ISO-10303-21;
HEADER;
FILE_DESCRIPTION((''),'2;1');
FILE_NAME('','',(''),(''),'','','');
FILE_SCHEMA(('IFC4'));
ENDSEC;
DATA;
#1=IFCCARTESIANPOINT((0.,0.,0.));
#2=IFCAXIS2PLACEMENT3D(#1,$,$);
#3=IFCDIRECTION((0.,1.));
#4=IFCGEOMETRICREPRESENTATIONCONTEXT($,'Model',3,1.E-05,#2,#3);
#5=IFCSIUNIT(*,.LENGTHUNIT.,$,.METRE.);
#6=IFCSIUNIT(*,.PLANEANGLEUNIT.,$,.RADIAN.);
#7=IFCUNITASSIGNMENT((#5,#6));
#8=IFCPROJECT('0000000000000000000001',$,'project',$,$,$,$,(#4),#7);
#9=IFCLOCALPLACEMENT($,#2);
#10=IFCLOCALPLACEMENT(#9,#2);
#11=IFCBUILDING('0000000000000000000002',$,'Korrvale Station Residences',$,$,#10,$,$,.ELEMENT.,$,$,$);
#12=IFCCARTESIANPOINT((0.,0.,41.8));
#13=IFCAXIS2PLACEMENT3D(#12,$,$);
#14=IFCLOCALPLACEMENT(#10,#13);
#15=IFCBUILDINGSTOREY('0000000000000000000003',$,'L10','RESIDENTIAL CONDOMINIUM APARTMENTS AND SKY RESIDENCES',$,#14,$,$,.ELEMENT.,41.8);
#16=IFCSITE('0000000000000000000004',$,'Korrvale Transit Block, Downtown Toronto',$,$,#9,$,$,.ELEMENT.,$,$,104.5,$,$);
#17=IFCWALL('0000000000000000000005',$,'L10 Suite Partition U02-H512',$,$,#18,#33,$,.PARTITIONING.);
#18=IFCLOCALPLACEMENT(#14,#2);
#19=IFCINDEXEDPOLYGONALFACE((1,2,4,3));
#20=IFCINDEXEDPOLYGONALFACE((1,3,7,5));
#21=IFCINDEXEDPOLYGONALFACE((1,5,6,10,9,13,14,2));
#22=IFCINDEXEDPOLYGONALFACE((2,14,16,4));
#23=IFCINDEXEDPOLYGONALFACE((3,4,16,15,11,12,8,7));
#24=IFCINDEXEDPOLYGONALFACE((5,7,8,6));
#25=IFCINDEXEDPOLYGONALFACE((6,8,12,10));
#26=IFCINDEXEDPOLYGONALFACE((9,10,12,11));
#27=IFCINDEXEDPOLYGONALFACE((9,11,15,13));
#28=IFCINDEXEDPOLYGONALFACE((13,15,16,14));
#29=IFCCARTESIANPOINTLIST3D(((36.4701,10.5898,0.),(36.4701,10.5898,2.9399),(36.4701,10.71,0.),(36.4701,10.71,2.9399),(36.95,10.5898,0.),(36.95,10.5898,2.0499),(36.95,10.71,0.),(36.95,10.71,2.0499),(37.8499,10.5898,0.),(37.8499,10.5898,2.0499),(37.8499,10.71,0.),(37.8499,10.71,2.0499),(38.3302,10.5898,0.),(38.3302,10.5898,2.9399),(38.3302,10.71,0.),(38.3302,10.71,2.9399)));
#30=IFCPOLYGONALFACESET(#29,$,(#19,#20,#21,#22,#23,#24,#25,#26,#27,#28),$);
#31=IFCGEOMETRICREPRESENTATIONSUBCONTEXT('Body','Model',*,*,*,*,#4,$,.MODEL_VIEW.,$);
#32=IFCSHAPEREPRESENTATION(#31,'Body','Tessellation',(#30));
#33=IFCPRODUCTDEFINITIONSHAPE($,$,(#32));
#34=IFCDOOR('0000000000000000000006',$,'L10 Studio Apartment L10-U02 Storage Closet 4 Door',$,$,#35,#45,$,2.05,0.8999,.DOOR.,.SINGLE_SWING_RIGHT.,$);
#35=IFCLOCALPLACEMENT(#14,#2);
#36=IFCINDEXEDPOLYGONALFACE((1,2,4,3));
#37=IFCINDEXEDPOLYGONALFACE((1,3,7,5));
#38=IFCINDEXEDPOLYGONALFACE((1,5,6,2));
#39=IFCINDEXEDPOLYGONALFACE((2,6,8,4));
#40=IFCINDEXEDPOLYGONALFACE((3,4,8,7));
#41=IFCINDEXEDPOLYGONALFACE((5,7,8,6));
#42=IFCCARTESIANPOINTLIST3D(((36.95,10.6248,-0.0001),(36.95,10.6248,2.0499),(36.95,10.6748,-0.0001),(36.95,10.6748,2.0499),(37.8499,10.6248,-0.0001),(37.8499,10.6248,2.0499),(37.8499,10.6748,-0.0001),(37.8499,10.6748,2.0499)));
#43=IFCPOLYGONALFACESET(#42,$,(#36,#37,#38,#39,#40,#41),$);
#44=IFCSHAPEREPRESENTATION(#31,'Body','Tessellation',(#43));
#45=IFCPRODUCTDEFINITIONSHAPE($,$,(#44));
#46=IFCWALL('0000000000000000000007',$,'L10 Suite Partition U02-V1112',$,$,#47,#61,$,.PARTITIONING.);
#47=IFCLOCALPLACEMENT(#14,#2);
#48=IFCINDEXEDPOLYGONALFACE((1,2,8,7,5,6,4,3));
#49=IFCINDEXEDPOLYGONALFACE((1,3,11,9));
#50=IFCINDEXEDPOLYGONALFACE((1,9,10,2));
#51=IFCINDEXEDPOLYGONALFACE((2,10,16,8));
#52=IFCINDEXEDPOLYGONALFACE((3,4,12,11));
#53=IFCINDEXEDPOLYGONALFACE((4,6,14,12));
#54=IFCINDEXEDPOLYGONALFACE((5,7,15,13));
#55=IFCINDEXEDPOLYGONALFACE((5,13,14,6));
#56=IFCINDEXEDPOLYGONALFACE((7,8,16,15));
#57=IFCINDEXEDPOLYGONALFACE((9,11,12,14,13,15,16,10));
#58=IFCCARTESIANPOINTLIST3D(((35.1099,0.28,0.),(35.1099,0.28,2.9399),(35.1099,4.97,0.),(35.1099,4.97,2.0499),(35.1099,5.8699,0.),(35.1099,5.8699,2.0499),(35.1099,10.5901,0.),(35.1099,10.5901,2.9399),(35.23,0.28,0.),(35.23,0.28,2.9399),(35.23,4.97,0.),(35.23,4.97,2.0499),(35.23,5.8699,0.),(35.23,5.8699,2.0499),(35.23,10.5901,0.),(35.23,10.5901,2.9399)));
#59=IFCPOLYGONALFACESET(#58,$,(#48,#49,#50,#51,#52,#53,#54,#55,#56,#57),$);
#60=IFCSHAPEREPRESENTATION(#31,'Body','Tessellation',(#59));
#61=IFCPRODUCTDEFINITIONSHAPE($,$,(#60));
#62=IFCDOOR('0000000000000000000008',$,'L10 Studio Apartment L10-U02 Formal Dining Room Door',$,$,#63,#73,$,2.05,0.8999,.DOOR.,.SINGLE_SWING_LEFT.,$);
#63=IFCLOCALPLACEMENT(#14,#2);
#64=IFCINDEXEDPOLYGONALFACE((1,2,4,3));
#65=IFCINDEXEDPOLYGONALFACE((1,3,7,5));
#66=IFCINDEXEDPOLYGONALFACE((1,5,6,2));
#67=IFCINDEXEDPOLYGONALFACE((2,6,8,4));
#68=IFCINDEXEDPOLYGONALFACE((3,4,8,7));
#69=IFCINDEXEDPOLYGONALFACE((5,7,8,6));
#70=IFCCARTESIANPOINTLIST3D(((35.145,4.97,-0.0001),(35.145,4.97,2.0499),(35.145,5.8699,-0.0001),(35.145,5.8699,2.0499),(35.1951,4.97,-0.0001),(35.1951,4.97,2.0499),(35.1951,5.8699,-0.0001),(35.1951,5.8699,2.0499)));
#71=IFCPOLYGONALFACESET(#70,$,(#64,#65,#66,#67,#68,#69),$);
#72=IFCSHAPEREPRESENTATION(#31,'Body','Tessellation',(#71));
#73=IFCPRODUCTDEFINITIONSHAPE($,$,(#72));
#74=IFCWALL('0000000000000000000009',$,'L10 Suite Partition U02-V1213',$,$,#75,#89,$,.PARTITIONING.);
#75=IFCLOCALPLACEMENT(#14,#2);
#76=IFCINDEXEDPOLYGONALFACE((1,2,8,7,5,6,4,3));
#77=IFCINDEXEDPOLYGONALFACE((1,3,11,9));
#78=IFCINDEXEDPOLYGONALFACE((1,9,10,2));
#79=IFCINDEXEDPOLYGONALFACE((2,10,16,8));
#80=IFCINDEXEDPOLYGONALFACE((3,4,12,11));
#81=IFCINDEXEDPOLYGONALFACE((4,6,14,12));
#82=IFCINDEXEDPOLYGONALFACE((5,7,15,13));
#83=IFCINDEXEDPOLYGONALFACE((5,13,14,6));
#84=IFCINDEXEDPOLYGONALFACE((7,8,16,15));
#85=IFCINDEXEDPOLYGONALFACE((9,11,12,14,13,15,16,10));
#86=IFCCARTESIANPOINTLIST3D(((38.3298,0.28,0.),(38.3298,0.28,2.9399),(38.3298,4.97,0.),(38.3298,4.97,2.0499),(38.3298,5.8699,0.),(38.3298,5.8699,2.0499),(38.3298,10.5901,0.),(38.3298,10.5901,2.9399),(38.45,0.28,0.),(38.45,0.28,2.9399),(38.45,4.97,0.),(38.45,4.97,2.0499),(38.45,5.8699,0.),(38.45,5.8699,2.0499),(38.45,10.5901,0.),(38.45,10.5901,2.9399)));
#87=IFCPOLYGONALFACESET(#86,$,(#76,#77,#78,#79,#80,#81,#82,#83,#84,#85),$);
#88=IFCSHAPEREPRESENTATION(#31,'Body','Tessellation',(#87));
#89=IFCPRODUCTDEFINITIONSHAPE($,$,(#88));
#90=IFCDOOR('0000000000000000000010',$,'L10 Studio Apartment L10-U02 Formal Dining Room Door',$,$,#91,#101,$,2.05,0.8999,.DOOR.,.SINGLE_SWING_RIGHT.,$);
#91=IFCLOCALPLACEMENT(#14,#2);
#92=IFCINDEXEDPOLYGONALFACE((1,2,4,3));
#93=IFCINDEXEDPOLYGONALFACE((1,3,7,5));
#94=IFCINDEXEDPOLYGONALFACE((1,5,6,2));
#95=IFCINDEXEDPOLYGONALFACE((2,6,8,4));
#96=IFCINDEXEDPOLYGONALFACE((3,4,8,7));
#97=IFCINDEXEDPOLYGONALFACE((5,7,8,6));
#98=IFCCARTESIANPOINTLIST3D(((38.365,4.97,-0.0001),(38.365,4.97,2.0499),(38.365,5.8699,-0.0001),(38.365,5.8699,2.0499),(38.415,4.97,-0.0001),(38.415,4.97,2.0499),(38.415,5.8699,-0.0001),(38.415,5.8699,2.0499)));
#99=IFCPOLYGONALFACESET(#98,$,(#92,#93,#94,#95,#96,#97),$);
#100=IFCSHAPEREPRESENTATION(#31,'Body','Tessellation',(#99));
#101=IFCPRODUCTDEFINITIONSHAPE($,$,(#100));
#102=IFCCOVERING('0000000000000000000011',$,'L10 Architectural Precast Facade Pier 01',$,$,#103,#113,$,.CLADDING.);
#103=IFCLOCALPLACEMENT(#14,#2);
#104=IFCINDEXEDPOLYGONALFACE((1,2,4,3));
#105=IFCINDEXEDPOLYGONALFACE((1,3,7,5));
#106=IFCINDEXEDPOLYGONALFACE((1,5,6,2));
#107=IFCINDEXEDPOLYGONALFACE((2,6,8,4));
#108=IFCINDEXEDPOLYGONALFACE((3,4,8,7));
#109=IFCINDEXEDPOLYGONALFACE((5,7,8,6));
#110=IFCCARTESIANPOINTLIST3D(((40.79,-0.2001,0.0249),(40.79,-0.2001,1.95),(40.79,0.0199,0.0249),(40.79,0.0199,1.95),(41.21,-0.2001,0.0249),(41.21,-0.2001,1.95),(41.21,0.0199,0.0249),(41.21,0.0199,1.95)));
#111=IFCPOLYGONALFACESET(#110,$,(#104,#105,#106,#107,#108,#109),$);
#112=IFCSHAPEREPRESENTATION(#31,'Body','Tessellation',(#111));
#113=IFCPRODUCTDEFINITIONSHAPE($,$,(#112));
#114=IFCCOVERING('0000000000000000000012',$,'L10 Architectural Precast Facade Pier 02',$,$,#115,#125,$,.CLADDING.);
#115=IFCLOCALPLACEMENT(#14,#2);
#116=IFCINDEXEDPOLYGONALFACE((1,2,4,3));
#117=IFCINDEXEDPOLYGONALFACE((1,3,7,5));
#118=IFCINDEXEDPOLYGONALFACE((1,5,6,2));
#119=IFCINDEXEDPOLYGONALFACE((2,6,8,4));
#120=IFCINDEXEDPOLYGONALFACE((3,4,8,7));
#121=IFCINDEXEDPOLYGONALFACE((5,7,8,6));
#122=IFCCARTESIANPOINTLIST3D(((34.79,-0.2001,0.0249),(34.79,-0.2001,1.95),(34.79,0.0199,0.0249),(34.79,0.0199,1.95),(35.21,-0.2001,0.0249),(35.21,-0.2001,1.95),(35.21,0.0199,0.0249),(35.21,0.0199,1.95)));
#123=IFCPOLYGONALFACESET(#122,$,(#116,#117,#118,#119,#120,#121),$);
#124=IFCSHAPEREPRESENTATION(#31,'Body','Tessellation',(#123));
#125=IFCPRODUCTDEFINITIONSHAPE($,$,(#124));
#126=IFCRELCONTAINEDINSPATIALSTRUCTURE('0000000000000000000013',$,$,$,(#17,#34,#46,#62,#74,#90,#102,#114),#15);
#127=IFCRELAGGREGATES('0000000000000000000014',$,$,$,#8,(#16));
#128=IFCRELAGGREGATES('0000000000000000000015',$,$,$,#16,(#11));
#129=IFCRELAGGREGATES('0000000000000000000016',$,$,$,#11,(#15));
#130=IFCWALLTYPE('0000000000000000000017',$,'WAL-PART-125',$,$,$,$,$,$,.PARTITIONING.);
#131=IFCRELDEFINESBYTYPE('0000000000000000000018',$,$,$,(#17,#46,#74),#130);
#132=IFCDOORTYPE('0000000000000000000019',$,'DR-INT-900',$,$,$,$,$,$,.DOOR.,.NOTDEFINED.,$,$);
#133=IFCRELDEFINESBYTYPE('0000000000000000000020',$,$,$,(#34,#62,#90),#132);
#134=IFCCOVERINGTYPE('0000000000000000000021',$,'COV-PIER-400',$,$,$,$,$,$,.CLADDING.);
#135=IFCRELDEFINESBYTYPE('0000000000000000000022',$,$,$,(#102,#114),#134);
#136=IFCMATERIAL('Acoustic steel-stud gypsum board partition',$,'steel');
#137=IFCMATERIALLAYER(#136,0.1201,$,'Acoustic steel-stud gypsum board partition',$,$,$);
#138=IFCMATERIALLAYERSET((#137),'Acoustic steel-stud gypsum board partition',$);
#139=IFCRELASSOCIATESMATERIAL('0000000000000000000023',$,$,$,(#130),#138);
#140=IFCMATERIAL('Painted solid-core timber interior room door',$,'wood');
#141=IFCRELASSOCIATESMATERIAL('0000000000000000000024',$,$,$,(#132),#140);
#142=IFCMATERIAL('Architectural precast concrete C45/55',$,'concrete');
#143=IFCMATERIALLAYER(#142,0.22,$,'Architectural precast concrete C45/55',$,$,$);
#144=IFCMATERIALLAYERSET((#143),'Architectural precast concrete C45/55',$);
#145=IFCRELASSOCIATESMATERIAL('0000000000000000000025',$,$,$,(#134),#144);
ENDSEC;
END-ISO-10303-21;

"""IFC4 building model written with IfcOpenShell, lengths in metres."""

from ifc_helpers import new_model, si_unit, direction, frame, frame_2d, origin, origin_2d, place, context, subcontext, project, spatial, rectangle, extrude, material, layer, layer_set, type_object, element, fill, save


model = new_model("IFC4")

# Units and contexts
model_context = context("Model", 3, precision=1e-05, world=origin(), true_north=direction((0.0, 1.0)))
body_context = subcontext(model_context, "Body", "Model", "MODEL_VIEW")
ifc_project = project(units=[si_unit("LENGTHUNIT", "METRE"), si_unit("PLANEANGLEUNIT", "RADIAN")], contexts=[model_context])

# Site, building, storey
site_placement = place(None, origin())
site = spatial("IfcSite", under=ifc_project, at=site_placement, Name="Korrvale Transit Block, Downtown Toronto", CompositionType="ELEMENT", RefElevation=104.5)
building_placement = place(site_placement, origin())
building = spatial("IfcBuilding", under=site, at=building_placement, Name="Korrvale Station Residences", CompositionType="ELEMENT")
storey_placement = place(building_placement, frame((0.0, 0.0, 41.8)))
storey = spatial("IfcBuildingStorey", under=building, at=storey_placement, Name="L10", Description="RESIDENTIAL CONDOMINIUM APARTMENTS AND SKY RESIDENCES", CompositionType="ELEMENT", Elevation=41.8)

# Walls, openings, doors
ifc_material_1 = material(Name="Acoustic steel-stud gypsum board partition", Category="steel")
ifc_layer_1 = layer(ifc_material_1, 0.1201, Name="Acoustic steel-stud gypsum board partition")
ifc_layer_set_1 = layer_set([ifc_layer_1], Name="Acoustic steel-stud gypsum board partition")
wall_type = type_object("IfcWallType", Name="WAL-PART-125", PredefinedType="PARTITIONING", material=ifc_layer_set_1)
ifc_material_2 = material(Name="Painted solid-core timber interior room door", Category="wood")
door_type = type_object("IfcDoorType", Name="DR-INT-900", OperationType="NOTDEFINED", PredefinedType="DOOR", material=ifc_material_2)
wall_1_placement = place(storey_placement, frame((36.47, 10.6499, 0.0), z_axis=(0.0, 0.0, 1.0), x_axis=(1.0, 0.0, 0.0)))
wall_1 = element("IfcWall", 1, at=wall_1_placement, inside=storey, type_object=wall_type, Name="L10 Suite Partition U02-H512", PredefinedType="PARTITIONING", context=body_context, shape_type="SweptSolid", body=[
    extrude(rectangle(XDim=1.8601, YDim=0.1201, at=frame_2d((0.9302, 0.0))), origin(), (0.0, 0.0, 1.0), 2.9399),
])
opening_1_placement = place(wall_1_placement, frame((0.48, 0.0, 0.0)))
opening_1 = element("IfcOpeningElement", 2, at=opening_1_placement, cuts=wall_1, PredefinedType="OPENING", context=body_context, shape_type="SweptSolid", body=[
    extrude(rectangle(XDim=0.8999, YDim=2.05, at=frame_2d((0.45, 1.0249))), frame((0.0, 0.0701, 0.0), z_axis=(0.0, -1.0, 0.0), x_axis=(1.0, 0.0, 0.0)), (0.0, 0.0, 1.0), 0.1401),
])
door_1_placement = place(opening_1_placement, origin())
door_1 = element("IfcDoor", 3, at=door_1_placement, inside=storey, type_object=door_type, Name="L10 Studio Apartment L10-U02 Storage Closet 4 Door", OperationType="SINGLE_SWING_RIGHT", OverallHeight=2.05, OverallWidth=0.8999, PredefinedType="DOOR", context=body_context, shape_type="SweptSolid", body=[
    extrude(rectangle(XDim=0.8999, YDim=2.05, at=frame_2d((0.45, 1.0249))), frame((0.0, 0.0249, 0.0), z_axis=(0.0, -1.0, 0.0), x_axis=(1.0, 0.0, 0.0)), (0.0, 0.0, 1.0), 0.05),
])
fill(opening_1, door_1)
wall_2_placement = place(storey_placement, frame((35.1699, 0.28, 0.0), z_axis=(0.0, 0.0, 1.0), x_axis=(0.0, 1.0, 0.0)))
wall_2 = element("IfcWall", 4, at=wall_2_placement, inside=storey, type_object=wall_type, Name="L10 Suite Partition U02-V1112", PredefinedType="PARTITIONING", context=body_context, shape_type="SweptSolid", body=[
    extrude(rectangle(XDim=10.3101, YDim=0.1201, at=frame_2d((5.155, 0.0))), origin(), (0.0, 0.0, 1.0), 2.9399),
])
opening_2_placement = place(wall_2_placement, frame((4.6899, 0.0, 0.0)))
opening_2 = element("IfcOpeningElement", 5, at=opening_2_placement, cuts=wall_2, PredefinedType="OPENING", context=body_context, shape_type="SweptSolid", body=[
    extrude(rectangle(XDim=0.8999, YDim=2.05, at=frame_2d((0.45, 1.0249))), frame((0.0, 0.0701, 0.0), z_axis=(0.0, -1.0, 0.0), x_axis=(1.0, 0.0, 0.0)), (0.0, 0.0, 1.0), 0.1401),
])
door_2_placement = place(opening_2_placement, origin())
door_2 = element("IfcDoor", 6, at=door_2_placement, inside=storey, type_object=door_type, Name="L10 Studio Apartment L10-U02 Formal Dining Room Door", OperationType="SINGLE_SWING_LEFT", OverallHeight=2.05, OverallWidth=0.8999, PredefinedType="DOOR", context=body_context, shape_type="SweptSolid", body=[
    extrude(rectangle(XDim=0.8999, YDim=2.05, at=frame_2d((0.45, 1.0249))), frame((0.0, 0.0249, 0.0), z_axis=(0.0, -1.0, 0.0), x_axis=(1.0, 0.0, 0.0)), (0.0, 0.0, 1.0), 0.05),
])
fill(opening_2, door_2)
wall_3_placement = place(storey_placement, frame((38.3899, 0.28, 0.0), z_axis=(0.0, 0.0, 1.0), x_axis=(0.0, 1.0, 0.0)))
wall_3 = element("IfcWall", 7, at=wall_3_placement, inside=storey, type_object=wall_type, Name="L10 Suite Partition U02-V1213", PredefinedType="PARTITIONING", context=body_context, shape_type="SweptSolid", body=[
    extrude(rectangle(XDim=10.3101, YDim=0.1201, at=frame_2d((5.155, 0.0))), origin(), (0.0, 0.0, 1.0), 2.9399),
])
opening_3_placement = place(wall_3_placement, frame((4.6899, 0.0, 0.0)))
opening_3 = element("IfcOpeningElement", 8, at=opening_3_placement, cuts=wall_3, PredefinedType="OPENING", context=body_context, shape_type="SweptSolid", body=[
    extrude(rectangle(XDim=0.8999, YDim=2.05, at=frame_2d((0.45, 1.0249))), frame((0.0, 0.0701, 0.0), z_axis=(0.0, -1.0, 0.0), x_axis=(1.0, 0.0, 0.0)), (0.0, 0.0, 1.0), 0.1401),
])
door_3_placement = place(opening_3_placement, origin())
door_3 = element("IfcDoor", 9, at=door_3_placement, inside=storey, type_object=door_type, Name="L10 Studio Apartment L10-U02 Formal Dining Room Door", OperationType="SINGLE_SWING_RIGHT", OverallHeight=2.05, OverallWidth=0.8999, PredefinedType="DOOR", context=body_context, shape_type="SweptSolid", body=[
    extrude(rectangle(XDim=0.8999, YDim=2.05, at=frame_2d((0.45, 1.0249))), frame((0.0, 0.0249, 0.0), z_axis=(0.0, -1.0, 0.0), x_axis=(1.0, 0.0, 0.0)), (0.0, 0.0, 1.0), 0.05),
])
fill(opening_3, door_3)

# Coverings
ifc_material_3 = material(Name="Architectural precast concrete C45/55", Category="concrete")
ifc_layer_2 = layer(ifc_material_3, 0.22, Name="Architectural precast concrete C45/55")
ifc_layer_set_2 = layer_set([ifc_layer_2], Name="Architectural precast concrete C45/55")
covering_type = type_object("IfcCoveringType", Name="COV-PIER-400", PredefinedType="CLADDING", material=ifc_layer_set_2)
for number, where, z_axis, x_axis, name in (
    (10, (41.0, -0.0901, 0.0249), (0.0, 0.0, 1.0), (1.0, 0.0, 0.0), "L10 Architectural Precast Facade Pier 01"),
    (11, (35.0, -0.0901, 0.0249), (0.0, 0.0, 1.0), (1.0, 0.0, 0.0), "L10 Architectural Precast Facade Pier 02"),
):
    element("IfcCovering", number, at=place(storey_placement, frame(where, z_axis=z_axis, x_axis=x_axis)), inside=storey, type_object=covering_type, Name=name, PredefinedType="CLADDING", context=body_context, shape_type="SweptSolid", body=[
        extrude(rectangle(XDim=0.4199, YDim=0.22, at=origin_2d()), origin(), (0.0, 0.0, 1.0), 1.925),
    ])

save(model, "model.ifc")
